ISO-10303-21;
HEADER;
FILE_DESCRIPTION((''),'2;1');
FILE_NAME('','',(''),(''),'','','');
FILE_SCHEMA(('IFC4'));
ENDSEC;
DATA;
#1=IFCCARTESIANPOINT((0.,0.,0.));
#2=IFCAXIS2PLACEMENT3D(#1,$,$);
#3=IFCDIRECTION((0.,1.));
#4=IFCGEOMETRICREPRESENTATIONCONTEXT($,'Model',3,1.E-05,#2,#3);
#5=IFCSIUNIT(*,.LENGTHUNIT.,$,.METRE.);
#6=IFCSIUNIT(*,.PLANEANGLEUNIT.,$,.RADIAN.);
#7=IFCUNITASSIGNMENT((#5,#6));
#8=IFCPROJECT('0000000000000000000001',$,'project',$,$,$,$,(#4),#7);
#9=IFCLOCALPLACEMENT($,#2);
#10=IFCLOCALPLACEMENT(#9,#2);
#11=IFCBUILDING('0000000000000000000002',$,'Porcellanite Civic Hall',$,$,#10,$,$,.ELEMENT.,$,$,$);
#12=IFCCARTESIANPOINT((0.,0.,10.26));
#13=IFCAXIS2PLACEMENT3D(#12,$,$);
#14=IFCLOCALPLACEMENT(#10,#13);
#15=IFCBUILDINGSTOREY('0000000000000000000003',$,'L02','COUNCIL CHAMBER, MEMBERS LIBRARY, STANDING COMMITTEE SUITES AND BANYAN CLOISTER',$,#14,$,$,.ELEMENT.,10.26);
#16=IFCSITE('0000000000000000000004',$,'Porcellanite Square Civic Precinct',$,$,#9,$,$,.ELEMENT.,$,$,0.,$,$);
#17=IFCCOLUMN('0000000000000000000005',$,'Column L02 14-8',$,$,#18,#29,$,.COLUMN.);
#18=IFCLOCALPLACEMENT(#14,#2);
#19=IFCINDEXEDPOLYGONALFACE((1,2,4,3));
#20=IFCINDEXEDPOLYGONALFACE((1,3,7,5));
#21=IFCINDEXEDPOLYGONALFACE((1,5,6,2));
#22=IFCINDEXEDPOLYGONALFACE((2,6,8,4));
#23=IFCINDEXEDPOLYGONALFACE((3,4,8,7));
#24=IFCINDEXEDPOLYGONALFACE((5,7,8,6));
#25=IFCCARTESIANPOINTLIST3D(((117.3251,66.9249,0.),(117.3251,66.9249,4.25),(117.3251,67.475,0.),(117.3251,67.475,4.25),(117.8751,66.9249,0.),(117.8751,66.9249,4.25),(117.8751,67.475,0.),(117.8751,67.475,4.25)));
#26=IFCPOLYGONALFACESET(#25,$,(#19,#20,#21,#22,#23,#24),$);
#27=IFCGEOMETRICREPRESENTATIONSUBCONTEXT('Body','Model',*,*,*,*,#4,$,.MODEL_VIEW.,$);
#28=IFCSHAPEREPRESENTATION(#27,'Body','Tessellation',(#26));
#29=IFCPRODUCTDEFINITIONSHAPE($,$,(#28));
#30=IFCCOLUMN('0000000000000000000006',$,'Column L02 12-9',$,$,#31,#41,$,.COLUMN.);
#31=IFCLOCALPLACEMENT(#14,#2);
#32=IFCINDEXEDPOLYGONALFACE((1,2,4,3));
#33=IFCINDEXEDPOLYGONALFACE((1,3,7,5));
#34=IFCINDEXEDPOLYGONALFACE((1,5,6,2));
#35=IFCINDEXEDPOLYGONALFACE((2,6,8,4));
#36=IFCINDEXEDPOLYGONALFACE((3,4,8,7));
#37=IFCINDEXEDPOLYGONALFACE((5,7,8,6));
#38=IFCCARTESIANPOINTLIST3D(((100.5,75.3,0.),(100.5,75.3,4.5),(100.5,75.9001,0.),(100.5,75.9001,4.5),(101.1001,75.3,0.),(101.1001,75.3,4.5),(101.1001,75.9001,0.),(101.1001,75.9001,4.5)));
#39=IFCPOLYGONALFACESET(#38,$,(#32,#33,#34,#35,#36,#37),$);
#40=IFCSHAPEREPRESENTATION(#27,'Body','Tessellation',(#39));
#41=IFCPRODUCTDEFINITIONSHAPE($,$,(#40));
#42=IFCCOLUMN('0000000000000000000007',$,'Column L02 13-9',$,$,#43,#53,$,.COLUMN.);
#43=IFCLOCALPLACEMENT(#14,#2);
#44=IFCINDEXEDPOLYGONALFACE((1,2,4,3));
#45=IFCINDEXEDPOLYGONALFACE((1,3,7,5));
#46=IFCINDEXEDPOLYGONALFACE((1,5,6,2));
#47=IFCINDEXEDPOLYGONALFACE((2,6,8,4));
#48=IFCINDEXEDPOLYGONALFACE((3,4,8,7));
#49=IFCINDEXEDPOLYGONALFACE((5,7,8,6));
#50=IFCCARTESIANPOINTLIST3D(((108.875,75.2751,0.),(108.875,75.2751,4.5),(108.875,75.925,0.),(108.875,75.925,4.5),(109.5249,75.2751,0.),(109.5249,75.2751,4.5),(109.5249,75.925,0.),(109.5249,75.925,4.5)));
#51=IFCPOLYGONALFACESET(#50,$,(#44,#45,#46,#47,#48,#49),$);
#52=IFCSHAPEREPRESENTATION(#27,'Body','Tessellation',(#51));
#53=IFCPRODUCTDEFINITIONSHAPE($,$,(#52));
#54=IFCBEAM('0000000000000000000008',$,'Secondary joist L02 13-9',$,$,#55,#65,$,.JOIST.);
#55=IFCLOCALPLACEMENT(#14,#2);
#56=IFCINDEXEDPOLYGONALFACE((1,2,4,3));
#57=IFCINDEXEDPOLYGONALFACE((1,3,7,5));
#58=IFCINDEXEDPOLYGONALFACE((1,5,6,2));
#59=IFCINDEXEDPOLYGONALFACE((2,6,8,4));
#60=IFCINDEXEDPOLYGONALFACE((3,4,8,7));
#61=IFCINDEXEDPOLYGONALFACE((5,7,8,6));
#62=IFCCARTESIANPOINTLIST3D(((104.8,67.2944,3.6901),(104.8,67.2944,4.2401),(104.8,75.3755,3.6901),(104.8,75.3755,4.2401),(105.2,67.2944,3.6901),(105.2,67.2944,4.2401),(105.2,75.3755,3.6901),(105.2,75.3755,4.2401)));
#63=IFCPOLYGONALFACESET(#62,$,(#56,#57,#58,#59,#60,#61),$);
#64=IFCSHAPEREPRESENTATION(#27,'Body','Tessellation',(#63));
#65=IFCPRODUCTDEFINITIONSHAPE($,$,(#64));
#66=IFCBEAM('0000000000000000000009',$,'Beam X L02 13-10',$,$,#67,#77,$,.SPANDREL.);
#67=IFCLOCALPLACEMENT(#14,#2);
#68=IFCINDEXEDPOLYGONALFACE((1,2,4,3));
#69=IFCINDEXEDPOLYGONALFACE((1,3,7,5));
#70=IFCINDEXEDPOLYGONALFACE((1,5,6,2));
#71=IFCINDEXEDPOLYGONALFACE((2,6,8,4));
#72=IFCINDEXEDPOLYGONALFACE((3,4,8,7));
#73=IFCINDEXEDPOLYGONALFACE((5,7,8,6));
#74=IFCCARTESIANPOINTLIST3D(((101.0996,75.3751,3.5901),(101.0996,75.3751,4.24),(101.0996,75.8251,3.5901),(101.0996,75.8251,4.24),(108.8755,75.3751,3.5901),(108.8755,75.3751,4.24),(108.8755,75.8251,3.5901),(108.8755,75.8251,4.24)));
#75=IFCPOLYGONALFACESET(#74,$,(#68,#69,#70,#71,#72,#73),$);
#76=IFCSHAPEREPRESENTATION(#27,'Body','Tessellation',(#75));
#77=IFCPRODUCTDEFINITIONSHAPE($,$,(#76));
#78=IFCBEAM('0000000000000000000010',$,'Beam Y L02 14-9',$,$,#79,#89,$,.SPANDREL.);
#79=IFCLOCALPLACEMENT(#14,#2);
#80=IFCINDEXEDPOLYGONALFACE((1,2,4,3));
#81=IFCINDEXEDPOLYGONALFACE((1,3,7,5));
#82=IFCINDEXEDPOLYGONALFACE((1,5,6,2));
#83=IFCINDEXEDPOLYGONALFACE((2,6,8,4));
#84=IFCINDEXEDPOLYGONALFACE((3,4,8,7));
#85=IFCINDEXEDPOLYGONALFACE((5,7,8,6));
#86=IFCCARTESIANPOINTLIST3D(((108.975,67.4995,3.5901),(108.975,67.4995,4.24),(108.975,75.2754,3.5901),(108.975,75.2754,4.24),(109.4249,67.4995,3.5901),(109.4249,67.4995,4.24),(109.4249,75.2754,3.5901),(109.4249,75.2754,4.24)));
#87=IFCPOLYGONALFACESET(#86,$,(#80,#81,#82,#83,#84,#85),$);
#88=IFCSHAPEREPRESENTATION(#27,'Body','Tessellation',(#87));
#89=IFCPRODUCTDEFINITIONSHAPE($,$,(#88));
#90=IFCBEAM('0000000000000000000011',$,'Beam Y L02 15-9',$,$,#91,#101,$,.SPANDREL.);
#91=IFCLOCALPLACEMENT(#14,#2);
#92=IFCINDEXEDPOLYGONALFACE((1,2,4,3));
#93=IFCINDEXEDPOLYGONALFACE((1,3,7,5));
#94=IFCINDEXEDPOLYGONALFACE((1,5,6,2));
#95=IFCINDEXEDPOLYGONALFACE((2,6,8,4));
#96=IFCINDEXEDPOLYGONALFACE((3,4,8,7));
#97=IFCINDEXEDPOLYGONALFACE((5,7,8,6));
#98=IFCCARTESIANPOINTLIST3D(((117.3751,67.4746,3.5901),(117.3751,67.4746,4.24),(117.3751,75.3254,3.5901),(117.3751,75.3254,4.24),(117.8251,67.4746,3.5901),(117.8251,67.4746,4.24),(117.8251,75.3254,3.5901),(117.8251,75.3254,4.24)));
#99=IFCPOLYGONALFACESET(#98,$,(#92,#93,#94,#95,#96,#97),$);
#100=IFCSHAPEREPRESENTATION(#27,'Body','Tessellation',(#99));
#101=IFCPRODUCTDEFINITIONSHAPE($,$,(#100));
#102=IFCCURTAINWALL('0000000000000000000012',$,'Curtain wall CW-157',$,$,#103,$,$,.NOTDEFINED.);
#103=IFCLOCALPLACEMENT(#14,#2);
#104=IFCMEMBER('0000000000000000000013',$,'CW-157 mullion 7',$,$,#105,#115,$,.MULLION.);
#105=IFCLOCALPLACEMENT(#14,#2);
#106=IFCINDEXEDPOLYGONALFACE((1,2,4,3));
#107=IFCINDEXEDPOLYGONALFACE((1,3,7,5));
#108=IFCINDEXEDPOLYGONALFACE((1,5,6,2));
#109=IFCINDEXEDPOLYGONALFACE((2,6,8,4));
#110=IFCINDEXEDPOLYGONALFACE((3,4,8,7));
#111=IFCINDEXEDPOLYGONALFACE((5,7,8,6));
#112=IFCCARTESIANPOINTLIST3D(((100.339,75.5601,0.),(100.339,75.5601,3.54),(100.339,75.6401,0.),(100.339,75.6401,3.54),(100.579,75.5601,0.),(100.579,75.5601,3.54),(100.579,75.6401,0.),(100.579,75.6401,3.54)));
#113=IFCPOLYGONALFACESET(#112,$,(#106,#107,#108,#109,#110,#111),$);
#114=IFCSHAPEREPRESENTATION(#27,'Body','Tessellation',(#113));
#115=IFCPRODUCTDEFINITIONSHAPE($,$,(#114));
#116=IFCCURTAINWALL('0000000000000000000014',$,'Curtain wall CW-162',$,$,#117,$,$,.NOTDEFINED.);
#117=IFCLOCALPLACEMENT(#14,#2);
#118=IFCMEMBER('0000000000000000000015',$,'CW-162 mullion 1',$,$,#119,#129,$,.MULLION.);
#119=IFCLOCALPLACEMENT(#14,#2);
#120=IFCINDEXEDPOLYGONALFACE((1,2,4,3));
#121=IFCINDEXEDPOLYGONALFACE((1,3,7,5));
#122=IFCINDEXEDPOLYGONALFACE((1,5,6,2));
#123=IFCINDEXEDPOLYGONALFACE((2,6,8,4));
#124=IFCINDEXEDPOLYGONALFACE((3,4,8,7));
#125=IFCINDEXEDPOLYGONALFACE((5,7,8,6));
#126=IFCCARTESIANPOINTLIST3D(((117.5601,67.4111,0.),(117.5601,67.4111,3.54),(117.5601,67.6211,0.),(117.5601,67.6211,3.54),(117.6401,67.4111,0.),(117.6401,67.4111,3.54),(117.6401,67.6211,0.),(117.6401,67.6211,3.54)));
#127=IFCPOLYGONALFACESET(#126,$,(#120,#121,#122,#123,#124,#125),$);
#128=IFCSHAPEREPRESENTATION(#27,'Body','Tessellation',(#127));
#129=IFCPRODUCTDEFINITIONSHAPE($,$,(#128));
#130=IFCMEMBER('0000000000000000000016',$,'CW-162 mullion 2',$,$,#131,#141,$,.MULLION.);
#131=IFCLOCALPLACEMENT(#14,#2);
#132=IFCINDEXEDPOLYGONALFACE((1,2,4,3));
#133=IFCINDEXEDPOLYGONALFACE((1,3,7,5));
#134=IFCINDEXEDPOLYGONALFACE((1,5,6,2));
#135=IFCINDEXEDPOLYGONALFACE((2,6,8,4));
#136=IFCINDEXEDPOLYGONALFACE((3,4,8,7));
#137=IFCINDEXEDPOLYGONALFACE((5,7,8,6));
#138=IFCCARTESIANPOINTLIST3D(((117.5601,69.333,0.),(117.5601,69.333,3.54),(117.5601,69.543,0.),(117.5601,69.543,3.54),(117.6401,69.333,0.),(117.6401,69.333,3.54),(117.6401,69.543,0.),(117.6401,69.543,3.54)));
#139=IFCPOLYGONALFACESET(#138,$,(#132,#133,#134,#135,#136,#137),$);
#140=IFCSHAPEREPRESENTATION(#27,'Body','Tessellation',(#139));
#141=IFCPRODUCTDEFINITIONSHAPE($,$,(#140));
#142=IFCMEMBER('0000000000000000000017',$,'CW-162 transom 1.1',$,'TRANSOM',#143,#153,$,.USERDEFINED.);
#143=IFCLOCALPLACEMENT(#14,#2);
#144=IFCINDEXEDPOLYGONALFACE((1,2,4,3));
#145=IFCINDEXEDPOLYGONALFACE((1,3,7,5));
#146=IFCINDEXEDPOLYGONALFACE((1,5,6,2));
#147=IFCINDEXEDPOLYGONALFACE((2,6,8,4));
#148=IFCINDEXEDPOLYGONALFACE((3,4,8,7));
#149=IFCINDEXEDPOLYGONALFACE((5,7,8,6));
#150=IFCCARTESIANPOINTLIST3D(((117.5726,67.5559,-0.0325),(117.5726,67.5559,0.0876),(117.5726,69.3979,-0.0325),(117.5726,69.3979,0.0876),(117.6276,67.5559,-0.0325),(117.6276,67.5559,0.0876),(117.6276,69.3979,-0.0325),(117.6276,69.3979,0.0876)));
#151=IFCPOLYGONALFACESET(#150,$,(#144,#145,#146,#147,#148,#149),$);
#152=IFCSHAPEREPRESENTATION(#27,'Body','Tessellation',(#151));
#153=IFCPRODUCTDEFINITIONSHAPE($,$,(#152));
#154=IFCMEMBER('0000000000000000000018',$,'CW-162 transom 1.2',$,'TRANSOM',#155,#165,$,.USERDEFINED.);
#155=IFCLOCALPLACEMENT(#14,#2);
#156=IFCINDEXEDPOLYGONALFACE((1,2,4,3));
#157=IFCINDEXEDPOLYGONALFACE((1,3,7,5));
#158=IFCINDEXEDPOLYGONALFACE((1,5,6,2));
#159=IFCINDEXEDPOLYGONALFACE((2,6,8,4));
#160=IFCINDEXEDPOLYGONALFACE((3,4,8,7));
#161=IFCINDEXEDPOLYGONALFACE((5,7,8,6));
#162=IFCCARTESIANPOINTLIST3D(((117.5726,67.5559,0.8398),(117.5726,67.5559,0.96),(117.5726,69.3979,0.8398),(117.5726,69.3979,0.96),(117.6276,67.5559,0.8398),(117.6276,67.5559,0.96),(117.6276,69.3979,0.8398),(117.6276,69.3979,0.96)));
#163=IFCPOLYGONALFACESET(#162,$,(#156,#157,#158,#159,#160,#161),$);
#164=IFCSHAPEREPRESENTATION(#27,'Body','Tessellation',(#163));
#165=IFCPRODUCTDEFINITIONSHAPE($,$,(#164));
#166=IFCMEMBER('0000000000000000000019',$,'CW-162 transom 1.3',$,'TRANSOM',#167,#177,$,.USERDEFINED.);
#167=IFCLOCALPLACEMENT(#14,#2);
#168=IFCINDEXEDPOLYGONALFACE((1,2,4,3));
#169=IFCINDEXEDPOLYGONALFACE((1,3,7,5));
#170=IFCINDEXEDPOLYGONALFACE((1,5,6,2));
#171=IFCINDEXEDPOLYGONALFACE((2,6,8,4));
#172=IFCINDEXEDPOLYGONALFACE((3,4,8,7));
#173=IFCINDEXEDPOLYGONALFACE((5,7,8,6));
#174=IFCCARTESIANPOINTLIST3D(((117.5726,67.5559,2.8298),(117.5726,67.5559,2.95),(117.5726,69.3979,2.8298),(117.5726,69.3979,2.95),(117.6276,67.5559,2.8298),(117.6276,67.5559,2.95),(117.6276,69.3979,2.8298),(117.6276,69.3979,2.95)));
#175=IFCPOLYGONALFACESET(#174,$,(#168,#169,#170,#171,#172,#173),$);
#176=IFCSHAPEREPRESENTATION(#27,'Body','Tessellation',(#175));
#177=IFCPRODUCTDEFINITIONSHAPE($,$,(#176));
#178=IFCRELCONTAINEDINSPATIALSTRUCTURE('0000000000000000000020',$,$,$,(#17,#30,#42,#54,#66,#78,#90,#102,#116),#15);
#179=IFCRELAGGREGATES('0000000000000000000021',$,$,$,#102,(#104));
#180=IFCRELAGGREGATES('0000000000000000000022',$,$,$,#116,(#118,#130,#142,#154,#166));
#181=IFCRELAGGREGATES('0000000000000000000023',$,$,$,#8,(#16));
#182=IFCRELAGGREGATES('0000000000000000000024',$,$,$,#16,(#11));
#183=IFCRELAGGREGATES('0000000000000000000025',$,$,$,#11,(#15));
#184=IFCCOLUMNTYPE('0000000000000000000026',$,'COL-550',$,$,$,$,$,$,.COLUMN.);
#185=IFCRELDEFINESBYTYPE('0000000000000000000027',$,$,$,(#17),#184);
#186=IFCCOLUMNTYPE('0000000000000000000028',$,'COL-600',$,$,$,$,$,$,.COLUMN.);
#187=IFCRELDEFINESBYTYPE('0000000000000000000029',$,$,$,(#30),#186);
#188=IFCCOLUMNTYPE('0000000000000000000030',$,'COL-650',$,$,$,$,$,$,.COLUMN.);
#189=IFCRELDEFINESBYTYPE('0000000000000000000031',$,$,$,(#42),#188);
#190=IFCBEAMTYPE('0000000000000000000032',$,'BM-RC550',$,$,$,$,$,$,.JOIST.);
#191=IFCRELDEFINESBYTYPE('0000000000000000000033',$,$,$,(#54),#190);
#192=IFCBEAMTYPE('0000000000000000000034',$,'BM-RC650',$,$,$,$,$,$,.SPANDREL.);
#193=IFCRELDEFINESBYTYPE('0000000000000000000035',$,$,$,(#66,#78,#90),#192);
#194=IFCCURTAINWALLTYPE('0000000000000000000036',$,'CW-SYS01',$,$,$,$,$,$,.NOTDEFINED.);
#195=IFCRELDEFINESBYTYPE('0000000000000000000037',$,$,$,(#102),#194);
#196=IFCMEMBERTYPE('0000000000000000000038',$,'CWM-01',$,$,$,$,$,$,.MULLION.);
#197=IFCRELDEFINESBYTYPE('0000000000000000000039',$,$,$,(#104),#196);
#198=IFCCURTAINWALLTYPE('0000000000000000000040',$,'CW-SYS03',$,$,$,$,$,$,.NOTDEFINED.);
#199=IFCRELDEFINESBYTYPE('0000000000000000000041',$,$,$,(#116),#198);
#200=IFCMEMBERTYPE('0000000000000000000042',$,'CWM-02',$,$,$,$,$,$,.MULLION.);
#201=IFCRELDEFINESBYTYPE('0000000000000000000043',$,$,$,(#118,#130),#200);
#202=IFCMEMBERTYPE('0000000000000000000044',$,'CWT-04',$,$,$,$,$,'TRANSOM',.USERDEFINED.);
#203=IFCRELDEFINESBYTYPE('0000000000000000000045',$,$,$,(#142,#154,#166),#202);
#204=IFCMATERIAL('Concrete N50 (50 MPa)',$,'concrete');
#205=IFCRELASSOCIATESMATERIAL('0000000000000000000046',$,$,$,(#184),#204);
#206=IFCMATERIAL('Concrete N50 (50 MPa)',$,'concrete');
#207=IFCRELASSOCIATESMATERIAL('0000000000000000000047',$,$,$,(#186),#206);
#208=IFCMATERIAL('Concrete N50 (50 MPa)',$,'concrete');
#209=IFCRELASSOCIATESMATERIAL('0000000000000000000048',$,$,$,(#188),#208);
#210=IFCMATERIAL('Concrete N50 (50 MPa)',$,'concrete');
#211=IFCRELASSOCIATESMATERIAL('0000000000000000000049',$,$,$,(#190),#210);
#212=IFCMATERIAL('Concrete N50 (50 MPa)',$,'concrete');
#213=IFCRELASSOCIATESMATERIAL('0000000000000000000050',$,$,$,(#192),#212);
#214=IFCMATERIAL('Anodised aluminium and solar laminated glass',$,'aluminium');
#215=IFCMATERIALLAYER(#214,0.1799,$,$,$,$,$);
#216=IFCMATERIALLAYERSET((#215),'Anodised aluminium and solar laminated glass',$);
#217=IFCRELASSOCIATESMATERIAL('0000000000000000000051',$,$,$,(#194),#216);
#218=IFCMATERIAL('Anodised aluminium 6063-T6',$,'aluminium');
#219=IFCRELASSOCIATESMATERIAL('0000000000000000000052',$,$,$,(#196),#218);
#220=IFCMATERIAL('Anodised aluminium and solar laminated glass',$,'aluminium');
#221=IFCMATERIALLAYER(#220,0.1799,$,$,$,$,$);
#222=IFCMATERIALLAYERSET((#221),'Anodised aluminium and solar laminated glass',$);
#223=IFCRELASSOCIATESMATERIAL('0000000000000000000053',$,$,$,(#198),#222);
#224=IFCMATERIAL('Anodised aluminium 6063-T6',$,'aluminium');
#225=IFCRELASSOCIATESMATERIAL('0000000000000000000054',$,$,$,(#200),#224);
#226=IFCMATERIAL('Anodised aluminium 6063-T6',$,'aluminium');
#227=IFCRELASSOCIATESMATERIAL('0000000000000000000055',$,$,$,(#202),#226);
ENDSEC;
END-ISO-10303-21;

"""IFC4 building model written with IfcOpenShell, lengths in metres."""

from ifc_helpers import new_model, si_unit, direction, frame, origin, origin_2d, place, context, subcontext, project, spatial, rectangle, extrude, material, layer, layer_set, material_profile, profile_set, type_object, element, aggregate, save


model = new_model("IFC4")

# Units and contexts
model_context = context("Model", 3, precision=1e-05, world=origin(), true_north=direction((0.0, 1.0)))
body_context = subcontext(model_context, "Body", "Model", "MODEL_VIEW")
ifc_project = project(units=[si_unit("LENGTHUNIT", "METRE"), si_unit("PLANEANGLEUNIT", "RADIAN")], contexts=[model_context])

# Site, building, storey
site_placement = place(None, origin())
site = spatial("IfcSite", under=ifc_project, at=site_placement, Name="Porcellanite Square Civic Precinct", CompositionType="ELEMENT", RefElevation=0.0)
building_placement = place(site_placement, origin())
building = spatial("IfcBuilding", under=site, at=building_placement, Name="Porcellanite Civic Hall", CompositionType="ELEMENT")
storey_placement = place(building_placement, frame((0.0, 0.0, 10.26)))
storey = spatial("IfcBuildingStorey", under=building, at=storey_placement, Name="L02", Description="COUNCIL CHAMBER, MEMBERS LIBRARY, STANDING COMMITTEE SUITES AND BANYAN CLOISTER", CompositionType="ELEMENT", Elevation=10.26)

# Columns
ifc_material_1 = material(Name="Concrete N50 (50 MPa)", Category="concrete")
ifc_material_profile_1 = material_profile(ifc_material_1, rectangle(XDim=0.55, YDim=0.55, at=origin_2d()), Name="RC-550x550")
ifc_profile_set_1 = profile_set([ifc_material_profile_1], Name="Concrete N50 (50 MPa)")
column_type_1 = type_object("IfcColumnType", Name="COL-550", PredefinedType="COLUMN", material=ifc_profile_set_1)
column_1_placement = place(storey_placement, frame((117.6001, 67.2, 0.0), z_axis=(0.0, 0.0, 1.0), x_axis=(1.0, 0.0, 0.0)))
element("IfcColumn", 1, at=column_1_placement, inside=storey, type_object=column_type_1, Name="Column L02 14-8", PredefinedType="COLUMN", context=body_context, shape_type="SweptSolid", body=[
    extrude(rectangle(XDim=0.55, YDim=0.55, at=origin_2d()), origin(), (0.0, 0.0, 1.0), 4.25),
])
ifc_material_2 = material(Name="Concrete N50 (50 MPa)", Category="concrete")
ifc_material_profile_2 = material_profile(ifc_material_2, rectangle(XDim=0.6001, YDim=0.6001, at=origin_2d()), Name="RC-600x600")
ifc_profile_set_2 = profile_set([ifc_material_profile_2], Name="Concrete N50 (50 MPa)")
column_type_2 = type_object("IfcColumnType", Name="COL-600", PredefinedType="COLUMN", material=ifc_profile_set_2)
column_2_placement = place(storey_placement, frame((100.8, 75.6001, 0.0), z_axis=(0.0, 0.0, 1.0), x_axis=(1.0, 0.0, 0.0)))
element("IfcColumn", 2, at=column_2_placement, inside=storey, type_object=column_type_2, Name="Column L02 12-9", PredefinedType="COLUMN", context=body_context, shape_type="SweptSolid", body=[
    extrude(rectangle(XDim=0.6001, YDim=0.6001, at=origin_2d()), origin(), (0.0, 0.0, 1.0), 4.5),
])
ifc_material_3 = material(Name="Concrete N50 (50 MPa)", Category="concrete")
ifc_material_profile_3 = material_profile(ifc_material_3, rectangle(XDim=0.6499, YDim=0.6499, at=origin_2d()), Name="RC-650x650")
ifc_profile_set_3 = profile_set([ifc_material_profile_3], Name="Concrete N50 (50 MPa)")
column_type_3 = type_object("IfcColumnType", Name="COL-650", PredefinedType="COLUMN", material=ifc_profile_set_3)
column_3_placement = place(storey_placement, frame((109.2, 75.6001, 0.0), z_axis=(0.0, 0.0, 1.0), x_axis=(1.0, 0.0, 0.0)))
element("IfcColumn", 3, at=column_3_placement, inside=storey, type_object=column_type_3, Name="Column L02 13-9", PredefinedType="COLUMN", context=body_context, shape_type="SweptSolid", body=[
    extrude(rectangle(XDim=0.6499, YDim=0.6499, at=origin_2d()), origin(), (0.0, 0.0, 1.0), 4.5),
])

# Beams
ifc_material_4 = material(Name="Concrete N50 (50 MPa)", Category="concrete")
ifc_material_profile_4 = material_profile(ifc_material_4, rectangle(XDim=0.3999, YDim=0.55, at=origin_2d()), Name="RC-400x550")
ifc_profile_set_4 = profile_set([ifc_material_profile_4], Name="Concrete N50 (50 MPa)")
beam_type_1 = type_object("IfcBeamType", Name="BM-RC550", PredefinedType="JOIST", material=ifc_profile_set_4)
beam_1_placement = place(storey_placement, frame((105.0, 67.2944, 3.9651), z_axis=(0.0, 1.0, 0.0), x_axis=(-1.0, 0.0, 0.0)))
element("IfcBeam", 4, at=beam_1_placement, inside=storey, type_object=beam_type_1, Name="Secondary joist L02 13-9", PredefinedType="JOIST", context=body_context, shape_type="SweptSolid", body=[
    extrude(rectangle(XDim=0.3999, YDim=0.55, at=origin_2d()), origin(), (0.0, 0.0, 1.0), 8.0811),
])
ifc_material_5 = material(Name="Concrete N50 (50 MPa)", Category="concrete")
ifc_material_profile_5 = material_profile(ifc_material_5, rectangle(XDim=0.45, YDim=0.6499, at=origin_2d()), Name="RC-450x650")
ifc_profile_set_5 = profile_set([ifc_material_profile_5], Name="Concrete N50 (50 MPa)")
beam_type_2 = type_object("IfcBeamType", Name="BM-RC650", PredefinedType="SPANDREL", material=ifc_profile_set_5)
for number, where, z_axis, x_axis, name in (
    (5, (101.0996, 75.6001, 3.915), (1.0, 0.0, 0.0), (0.0, 1.0, 0.0), "Beam X L02 13-10"),
    (6, (109.2, 67.4995, 3.915), (0.0, 1.0, 0.0), (-1.0, 0.0, 0.0), "Beam Y L02 14-9"),
):
    element("IfcBeam", number, at=place(storey_placement, frame(where, z_axis=z_axis, x_axis=x_axis)), inside=storey, type_object=beam_type_2, Name=name, PredefinedType="SPANDREL", context=body_context, shape_type="SweptSolid", body=[
        extrude(rectangle(XDim=0.45, YDim=0.6499, at=origin_2d()), origin(), (0.0, 0.0, 1.0), 7.7759),
    ])
beam_2_placement = place(storey_placement, frame((117.6001, 67.4746, 3.915), z_axis=(0.0, 1.0, 0.0), x_axis=(-1.0, 0.0, 0.0)))
element("IfcBeam", 7, at=beam_2_placement, inside=storey, type_object=beam_type_2, Name="Beam Y L02 15-9", PredefinedType="SPANDREL", context=body_context, shape_type="SweptSolid", body=[
    extrude(rectangle(XDim=0.45, YDim=0.6499, at=origin_2d()), origin(), (0.0, 0.0, 1.0), 7.8508),
])

# Curtain wall, member
ifc_material_6 = material(Name="Anodised aluminium and solar laminated glass", Category="aluminium")
ifc_layer_1 = layer(ifc_material_6, 0.1799)
ifc_layer_set_1 = layer_set([ifc_layer_1], Name="Anodised aluminium and solar laminated glass")
curtain_wall_type_1 = type_object("IfcCurtainWallType", Name="CW-SYS01", PredefinedType="NOTDEFINED", material=ifc_layer_set_1)
curtain_wall_1_placement = place(storey_placement, origin())
curtain_wall_1 = element("IfcCurtainWall", 8, at=curtain_wall_1_placement, inside=storey, type_object=curtain_wall_type_1, Name="Curtain wall CW-157", PredefinedType="NOTDEFINED")
ifc_material_7 = material(Name="Anodised aluminium 6063-T6", Category="aluminium")
ifc_material_profile_6 = material_profile(ifc_material_7, rectangle(XDim=0.0801, YDim=0.24, at=origin_2d()), Name="AL-80x240")
ifc_profile_set_6 = profile_set([ifc_material_profile_6], Name="Anodised aluminium 6063-T6")
member_type_1 = type_object("IfcMemberType", Name="CWM-01", PredefinedType="MULLION", material=ifc_profile_set_6)
member_1_placement = place(storey_placement, frame((100.459, 75.6001, 0.0), z_axis=(0.0, 0.0, 1.0), x_axis=(0.0, 1.0, 0.0)))
member_1 = element("IfcMember", 9, at=member_1_placement, type_object=member_type_1, Name="CW-157 mullion 7", PredefinedType="MULLION", context=body_context, shape_type="SweptSolid", body=[
    extrude(rectangle(XDim=0.0801, YDim=0.24, at=origin_2d()), origin(), (0.0, 0.0, 1.0), 3.54),
])

# Curtain wall, members
ifc_material_8 = material(Name="Anodised aluminium and solar laminated glass", Category="aluminium")
ifc_layer_2 = layer(ifc_material_8, 0.1799)
ifc_layer_set_2 = layer_set([ifc_layer_2], Name="Anodised aluminium and solar laminated glass")
curtain_wall_type_2 = type_object("IfcCurtainWallType", Name="CW-SYS03", PredefinedType="NOTDEFINED", material=ifc_layer_set_2)
curtain_wall_2_placement = place(storey_placement, origin())
curtain_wall_2 = element("IfcCurtainWall", 10, at=curtain_wall_2_placement, inside=storey, type_object=curtain_wall_type_2, Name="Curtain wall CW-162", PredefinedType="NOTDEFINED")
ifc_material_9 = material(Name="Anodised aluminium 6063-T6", Category="aluminium")
ifc_material_profile_7 = material_profile(ifc_material_9, rectangle(XDim=0.0801, YDim=0.21, at=origin_2d()), Name="AL-80x210")
ifc_profile_set_7 = profile_set([ifc_material_profile_7], Name="Anodised aluminium 6063-T6")
member_type_2 = type_object("IfcMemberType", Name="CWM-02", PredefinedType="MULLION", material=ifc_profile_set_7)
member_2_placement = place(storey_placement, frame((117.6001, 67.5161, 0.0), z_axis=(0.0, 0.0, 1.0), x_axis=(-1.0, 0.0, 0.0)))
member_2 = element("IfcMember", 11, at=member_2_placement, type_object=member_type_2, Name="CW-162 mullion 1", PredefinedType="MULLION", context=body_context, shape_type="SweptSolid", body=[
    extrude(rectangle(XDim=0.0801, YDim=0.21, at=origin_2d()), origin(), (0.0, 0.0, 1.0), 3.54),
])
member_3_placement = place(storey_placement, frame((117.6001, 69.438, 0.0), z_axis=(0.0, 0.0, 1.0), x_axis=(-1.0, 0.0, 0.0)))
member_3 = element("IfcMember", 12, at=member_3_placement, type_object=member_type_2, Name="CW-162 mullion 2", PredefinedType="MULLION", context=body_context, shape_type="SweptSolid", body=[
    extrude(rectangle(XDim=0.0801, YDim=0.21, at=origin_2d()), origin(), (0.0, 0.0, 1.0), 3.54),
])
ifc_material_10 = material(Name="Anodised aluminium 6063-T6", Category="aluminium")
ifc_material_profile_8 = material_profile(ifc_material_10, rectangle(XDim=0.0549, YDim=0.1201, at=origin_2d()), Name="AL-55x120")
ifc_profile_set_8 = profile_set([ifc_material_profile_8], Name="Anodised aluminium 6063-T6")
member_type_3 = type_object("IfcMemberType", Name="CWT-04", ElementType="TRANSOM", PredefinedType="USERDEFINED", material=ifc_profile_set_8)
member_4_placement = place(storey_placement, frame((117.6001, 67.5559, 0.0276), z_axis=(0.0, 1.0, 0.0), x_axis=(-1.0, 0.0, 0.0)))
member_4 = element("IfcMember", 13, at=member_4_placement, type_object=member_type_3, Name="CW-162 transom 1.1", ObjectType="TRANSOM", PredefinedType="USERDEFINED", context=body_context, shape_type="SweptSolid", body=[
    extrude(rectangle(XDim=0.0549, YDim=0.1201, at=origin_2d()), origin(), (0.0, 0.0, 1.0), 1.842),
])
member_5_placement = place(storey_placement, frame((117.6001, 67.5559, 0.8999), z_axis=(0.0, 1.0, 0.0), x_axis=(-1.0, 0.0, 0.0)))
member_5 = element("IfcMember", 14, at=member_5_placement, type_object=member_type_3, Name="CW-162 transom 1.2", ObjectType="TRANSOM", PredefinedType="USERDEFINED", context=body_context, shape_type="SweptSolid", body=[
    extrude(rectangle(XDim=0.0549, YDim=0.1201, at=origin_2d()), origin(), (0.0, 0.0, 1.0), 1.842),
])
member_6_placement = place(storey_placement, frame((117.6001, 67.5559, 2.8899), z_axis=(0.0, 1.0, 0.0), x_axis=(-1.0, 0.0, 0.0)))
member_6 = element("IfcMember", 15, at=member_6_placement, type_object=member_type_3, Name="CW-162 transom 1.3", ObjectType="TRANSOM", PredefinedType="USERDEFINED", context=body_context, shape_type="SweptSolid", body=[
    extrude(rectangle(XDim=0.0549, YDim=0.1201, at=origin_2d()), origin(), (0.0, 0.0, 1.0), 1.842),
])

aggregate(curtain_wall_1, [member_1])
aggregate(curtain_wall_2, [member_2, member_3, member_4, member_5, member_6])

save(model, "model.ifc")
